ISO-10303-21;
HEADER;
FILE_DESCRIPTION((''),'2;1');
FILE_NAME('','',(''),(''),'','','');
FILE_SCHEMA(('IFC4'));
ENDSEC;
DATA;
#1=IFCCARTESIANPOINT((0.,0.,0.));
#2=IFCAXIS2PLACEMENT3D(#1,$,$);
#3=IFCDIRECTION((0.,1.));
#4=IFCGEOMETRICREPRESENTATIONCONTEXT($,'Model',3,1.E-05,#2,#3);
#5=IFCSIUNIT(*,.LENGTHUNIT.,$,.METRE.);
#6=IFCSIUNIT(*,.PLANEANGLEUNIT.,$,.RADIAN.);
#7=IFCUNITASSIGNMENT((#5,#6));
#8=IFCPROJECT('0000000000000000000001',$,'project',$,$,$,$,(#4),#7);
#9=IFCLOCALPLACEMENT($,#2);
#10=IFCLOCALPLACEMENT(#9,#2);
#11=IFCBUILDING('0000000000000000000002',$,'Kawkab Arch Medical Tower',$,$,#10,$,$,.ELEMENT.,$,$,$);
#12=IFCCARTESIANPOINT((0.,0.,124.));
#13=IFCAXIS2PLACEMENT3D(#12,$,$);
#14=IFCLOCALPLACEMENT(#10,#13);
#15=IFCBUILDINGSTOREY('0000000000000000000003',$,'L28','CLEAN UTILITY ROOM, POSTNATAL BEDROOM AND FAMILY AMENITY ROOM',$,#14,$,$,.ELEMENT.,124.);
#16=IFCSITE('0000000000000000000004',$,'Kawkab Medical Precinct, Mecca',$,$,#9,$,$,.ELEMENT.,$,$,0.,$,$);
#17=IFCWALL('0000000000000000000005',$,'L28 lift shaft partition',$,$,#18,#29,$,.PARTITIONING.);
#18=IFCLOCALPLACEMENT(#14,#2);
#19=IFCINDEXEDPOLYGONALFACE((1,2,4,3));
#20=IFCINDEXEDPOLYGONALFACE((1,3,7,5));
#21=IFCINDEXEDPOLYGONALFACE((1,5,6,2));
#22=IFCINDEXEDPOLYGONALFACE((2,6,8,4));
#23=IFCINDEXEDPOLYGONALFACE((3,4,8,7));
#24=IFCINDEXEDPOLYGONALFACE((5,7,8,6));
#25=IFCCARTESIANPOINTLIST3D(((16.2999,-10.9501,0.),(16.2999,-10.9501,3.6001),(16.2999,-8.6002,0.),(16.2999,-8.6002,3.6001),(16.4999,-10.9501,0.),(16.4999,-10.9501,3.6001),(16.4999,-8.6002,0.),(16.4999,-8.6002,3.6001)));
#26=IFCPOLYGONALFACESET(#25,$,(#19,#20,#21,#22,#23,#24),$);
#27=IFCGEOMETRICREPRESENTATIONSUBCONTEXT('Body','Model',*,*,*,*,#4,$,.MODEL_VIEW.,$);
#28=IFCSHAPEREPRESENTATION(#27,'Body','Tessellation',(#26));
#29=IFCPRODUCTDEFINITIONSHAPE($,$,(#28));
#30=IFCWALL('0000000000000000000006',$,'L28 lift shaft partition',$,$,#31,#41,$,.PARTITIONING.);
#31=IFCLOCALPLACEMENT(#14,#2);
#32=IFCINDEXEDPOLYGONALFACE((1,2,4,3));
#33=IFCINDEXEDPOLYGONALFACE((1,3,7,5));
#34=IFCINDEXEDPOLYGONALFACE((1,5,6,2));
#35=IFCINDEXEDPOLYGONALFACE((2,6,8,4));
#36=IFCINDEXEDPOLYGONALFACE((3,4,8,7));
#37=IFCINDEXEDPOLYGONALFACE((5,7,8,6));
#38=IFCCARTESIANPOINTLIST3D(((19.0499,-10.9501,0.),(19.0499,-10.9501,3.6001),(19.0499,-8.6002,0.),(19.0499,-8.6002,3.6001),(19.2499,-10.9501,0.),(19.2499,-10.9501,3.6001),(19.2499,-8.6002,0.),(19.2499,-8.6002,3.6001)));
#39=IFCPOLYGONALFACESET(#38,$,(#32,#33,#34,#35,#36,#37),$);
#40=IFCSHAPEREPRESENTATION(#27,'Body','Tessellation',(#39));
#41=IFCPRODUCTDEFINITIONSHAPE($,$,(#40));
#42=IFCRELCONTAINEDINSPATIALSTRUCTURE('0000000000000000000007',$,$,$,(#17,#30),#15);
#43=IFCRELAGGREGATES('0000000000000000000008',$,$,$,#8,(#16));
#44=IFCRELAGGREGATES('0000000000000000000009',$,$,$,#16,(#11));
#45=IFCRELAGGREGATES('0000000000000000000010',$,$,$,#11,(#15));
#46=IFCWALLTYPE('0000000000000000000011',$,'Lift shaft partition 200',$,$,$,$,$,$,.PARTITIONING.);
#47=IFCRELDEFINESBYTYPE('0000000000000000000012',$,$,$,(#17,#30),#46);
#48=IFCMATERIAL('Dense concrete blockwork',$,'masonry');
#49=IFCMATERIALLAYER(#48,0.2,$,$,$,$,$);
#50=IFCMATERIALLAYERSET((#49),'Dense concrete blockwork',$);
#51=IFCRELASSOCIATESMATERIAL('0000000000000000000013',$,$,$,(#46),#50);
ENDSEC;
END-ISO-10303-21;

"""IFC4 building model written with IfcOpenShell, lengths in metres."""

from ifc_helpers import new_model, si_unit, direction, frame, frame_2d, origin, place, context, subcontext, project, spatial, rectangle, extrude, material, layer, layer_set, type_object, element, save


model = new_model("IFC4")

# Units and contexts
model_context = context("Model", 3, precision=1e-05, world=origin(), true_north=direction((0.0, 1.0)))
body_context = subcontext(model_context, "Body", "Model", "MODEL_VIEW")
ifc_project = project(units=[si_unit("LENGTHUNIT", "METRE"), si_unit("PLANEANGLEUNIT", "RADIAN")], contexts=[model_context])

# Site, building, storey
site_placement = place(None, origin())
site = spatial("IfcSite", under=ifc_project, at=site_placement, Name="Kawkab Medical Precinct, Mecca", CompositionType="ELEMENT", RefElevation=0.0)
building_placement = place(site_placement, origin())
building = spatial("IfcBuilding", under=site, at=building_placement, Name="Kawkab Arch Medical Tower", CompositionType="ELEMENT")
storey_placement = place(building_placement, frame((0.0, 0.0, 124.0)))
storey = spatial("IfcBuildingStorey", under=building, at=storey_placement, Name="L28", Description="CLEAN UTILITY ROOM, POSTNATAL BEDROOM AND FAMILY AMENITY ROOM", CompositionType="ELEMENT", Elevation=124.0)

# Walls
ifc_material_1 = material(Name="Dense concrete blockwork", Category="masonry")
ifc_layer_1 = layer(ifc_material_1, 0.2)
ifc_layer_set_1 = layer_set([ifc_layer_1], Name="Dense concrete blockwork")
wall_type_1 = type_object("IfcWallType", Name="Lift shaft partition 200", PredefinedType="PARTITIONING", material=ifc_layer_set_1)
for number, where, z_axis, x_axis, name in (
    (1, (16.3999, -10.95, 0.0), (0.0, 0.0, 1.0), (0.0, 1.0, 0.0), "L28 lift shaft partition"),
    (2, (19.1499, -10.95, 0.0), (0.0, 0.0, 1.0), (0.0, 1.0, 0.0), "L28 lift shaft partition"),
):
    element("IfcWall", number, at=place(storey_placement, frame(where, z_axis=z_axis, x_axis=x_axis)), inside=storey, type_object=wall_type_1, Name=name, PredefinedType="PARTITIONING", context=body_context, shape_type="SweptSolid", body=[
        extrude(rectangle(XDim=2.3499, YDim=0.2, at=frame_2d((1.1748, 0.0))), origin(), (0.0, 0.0, 1.0), 3.6001),
    ])

save(model, "model.ifc")
